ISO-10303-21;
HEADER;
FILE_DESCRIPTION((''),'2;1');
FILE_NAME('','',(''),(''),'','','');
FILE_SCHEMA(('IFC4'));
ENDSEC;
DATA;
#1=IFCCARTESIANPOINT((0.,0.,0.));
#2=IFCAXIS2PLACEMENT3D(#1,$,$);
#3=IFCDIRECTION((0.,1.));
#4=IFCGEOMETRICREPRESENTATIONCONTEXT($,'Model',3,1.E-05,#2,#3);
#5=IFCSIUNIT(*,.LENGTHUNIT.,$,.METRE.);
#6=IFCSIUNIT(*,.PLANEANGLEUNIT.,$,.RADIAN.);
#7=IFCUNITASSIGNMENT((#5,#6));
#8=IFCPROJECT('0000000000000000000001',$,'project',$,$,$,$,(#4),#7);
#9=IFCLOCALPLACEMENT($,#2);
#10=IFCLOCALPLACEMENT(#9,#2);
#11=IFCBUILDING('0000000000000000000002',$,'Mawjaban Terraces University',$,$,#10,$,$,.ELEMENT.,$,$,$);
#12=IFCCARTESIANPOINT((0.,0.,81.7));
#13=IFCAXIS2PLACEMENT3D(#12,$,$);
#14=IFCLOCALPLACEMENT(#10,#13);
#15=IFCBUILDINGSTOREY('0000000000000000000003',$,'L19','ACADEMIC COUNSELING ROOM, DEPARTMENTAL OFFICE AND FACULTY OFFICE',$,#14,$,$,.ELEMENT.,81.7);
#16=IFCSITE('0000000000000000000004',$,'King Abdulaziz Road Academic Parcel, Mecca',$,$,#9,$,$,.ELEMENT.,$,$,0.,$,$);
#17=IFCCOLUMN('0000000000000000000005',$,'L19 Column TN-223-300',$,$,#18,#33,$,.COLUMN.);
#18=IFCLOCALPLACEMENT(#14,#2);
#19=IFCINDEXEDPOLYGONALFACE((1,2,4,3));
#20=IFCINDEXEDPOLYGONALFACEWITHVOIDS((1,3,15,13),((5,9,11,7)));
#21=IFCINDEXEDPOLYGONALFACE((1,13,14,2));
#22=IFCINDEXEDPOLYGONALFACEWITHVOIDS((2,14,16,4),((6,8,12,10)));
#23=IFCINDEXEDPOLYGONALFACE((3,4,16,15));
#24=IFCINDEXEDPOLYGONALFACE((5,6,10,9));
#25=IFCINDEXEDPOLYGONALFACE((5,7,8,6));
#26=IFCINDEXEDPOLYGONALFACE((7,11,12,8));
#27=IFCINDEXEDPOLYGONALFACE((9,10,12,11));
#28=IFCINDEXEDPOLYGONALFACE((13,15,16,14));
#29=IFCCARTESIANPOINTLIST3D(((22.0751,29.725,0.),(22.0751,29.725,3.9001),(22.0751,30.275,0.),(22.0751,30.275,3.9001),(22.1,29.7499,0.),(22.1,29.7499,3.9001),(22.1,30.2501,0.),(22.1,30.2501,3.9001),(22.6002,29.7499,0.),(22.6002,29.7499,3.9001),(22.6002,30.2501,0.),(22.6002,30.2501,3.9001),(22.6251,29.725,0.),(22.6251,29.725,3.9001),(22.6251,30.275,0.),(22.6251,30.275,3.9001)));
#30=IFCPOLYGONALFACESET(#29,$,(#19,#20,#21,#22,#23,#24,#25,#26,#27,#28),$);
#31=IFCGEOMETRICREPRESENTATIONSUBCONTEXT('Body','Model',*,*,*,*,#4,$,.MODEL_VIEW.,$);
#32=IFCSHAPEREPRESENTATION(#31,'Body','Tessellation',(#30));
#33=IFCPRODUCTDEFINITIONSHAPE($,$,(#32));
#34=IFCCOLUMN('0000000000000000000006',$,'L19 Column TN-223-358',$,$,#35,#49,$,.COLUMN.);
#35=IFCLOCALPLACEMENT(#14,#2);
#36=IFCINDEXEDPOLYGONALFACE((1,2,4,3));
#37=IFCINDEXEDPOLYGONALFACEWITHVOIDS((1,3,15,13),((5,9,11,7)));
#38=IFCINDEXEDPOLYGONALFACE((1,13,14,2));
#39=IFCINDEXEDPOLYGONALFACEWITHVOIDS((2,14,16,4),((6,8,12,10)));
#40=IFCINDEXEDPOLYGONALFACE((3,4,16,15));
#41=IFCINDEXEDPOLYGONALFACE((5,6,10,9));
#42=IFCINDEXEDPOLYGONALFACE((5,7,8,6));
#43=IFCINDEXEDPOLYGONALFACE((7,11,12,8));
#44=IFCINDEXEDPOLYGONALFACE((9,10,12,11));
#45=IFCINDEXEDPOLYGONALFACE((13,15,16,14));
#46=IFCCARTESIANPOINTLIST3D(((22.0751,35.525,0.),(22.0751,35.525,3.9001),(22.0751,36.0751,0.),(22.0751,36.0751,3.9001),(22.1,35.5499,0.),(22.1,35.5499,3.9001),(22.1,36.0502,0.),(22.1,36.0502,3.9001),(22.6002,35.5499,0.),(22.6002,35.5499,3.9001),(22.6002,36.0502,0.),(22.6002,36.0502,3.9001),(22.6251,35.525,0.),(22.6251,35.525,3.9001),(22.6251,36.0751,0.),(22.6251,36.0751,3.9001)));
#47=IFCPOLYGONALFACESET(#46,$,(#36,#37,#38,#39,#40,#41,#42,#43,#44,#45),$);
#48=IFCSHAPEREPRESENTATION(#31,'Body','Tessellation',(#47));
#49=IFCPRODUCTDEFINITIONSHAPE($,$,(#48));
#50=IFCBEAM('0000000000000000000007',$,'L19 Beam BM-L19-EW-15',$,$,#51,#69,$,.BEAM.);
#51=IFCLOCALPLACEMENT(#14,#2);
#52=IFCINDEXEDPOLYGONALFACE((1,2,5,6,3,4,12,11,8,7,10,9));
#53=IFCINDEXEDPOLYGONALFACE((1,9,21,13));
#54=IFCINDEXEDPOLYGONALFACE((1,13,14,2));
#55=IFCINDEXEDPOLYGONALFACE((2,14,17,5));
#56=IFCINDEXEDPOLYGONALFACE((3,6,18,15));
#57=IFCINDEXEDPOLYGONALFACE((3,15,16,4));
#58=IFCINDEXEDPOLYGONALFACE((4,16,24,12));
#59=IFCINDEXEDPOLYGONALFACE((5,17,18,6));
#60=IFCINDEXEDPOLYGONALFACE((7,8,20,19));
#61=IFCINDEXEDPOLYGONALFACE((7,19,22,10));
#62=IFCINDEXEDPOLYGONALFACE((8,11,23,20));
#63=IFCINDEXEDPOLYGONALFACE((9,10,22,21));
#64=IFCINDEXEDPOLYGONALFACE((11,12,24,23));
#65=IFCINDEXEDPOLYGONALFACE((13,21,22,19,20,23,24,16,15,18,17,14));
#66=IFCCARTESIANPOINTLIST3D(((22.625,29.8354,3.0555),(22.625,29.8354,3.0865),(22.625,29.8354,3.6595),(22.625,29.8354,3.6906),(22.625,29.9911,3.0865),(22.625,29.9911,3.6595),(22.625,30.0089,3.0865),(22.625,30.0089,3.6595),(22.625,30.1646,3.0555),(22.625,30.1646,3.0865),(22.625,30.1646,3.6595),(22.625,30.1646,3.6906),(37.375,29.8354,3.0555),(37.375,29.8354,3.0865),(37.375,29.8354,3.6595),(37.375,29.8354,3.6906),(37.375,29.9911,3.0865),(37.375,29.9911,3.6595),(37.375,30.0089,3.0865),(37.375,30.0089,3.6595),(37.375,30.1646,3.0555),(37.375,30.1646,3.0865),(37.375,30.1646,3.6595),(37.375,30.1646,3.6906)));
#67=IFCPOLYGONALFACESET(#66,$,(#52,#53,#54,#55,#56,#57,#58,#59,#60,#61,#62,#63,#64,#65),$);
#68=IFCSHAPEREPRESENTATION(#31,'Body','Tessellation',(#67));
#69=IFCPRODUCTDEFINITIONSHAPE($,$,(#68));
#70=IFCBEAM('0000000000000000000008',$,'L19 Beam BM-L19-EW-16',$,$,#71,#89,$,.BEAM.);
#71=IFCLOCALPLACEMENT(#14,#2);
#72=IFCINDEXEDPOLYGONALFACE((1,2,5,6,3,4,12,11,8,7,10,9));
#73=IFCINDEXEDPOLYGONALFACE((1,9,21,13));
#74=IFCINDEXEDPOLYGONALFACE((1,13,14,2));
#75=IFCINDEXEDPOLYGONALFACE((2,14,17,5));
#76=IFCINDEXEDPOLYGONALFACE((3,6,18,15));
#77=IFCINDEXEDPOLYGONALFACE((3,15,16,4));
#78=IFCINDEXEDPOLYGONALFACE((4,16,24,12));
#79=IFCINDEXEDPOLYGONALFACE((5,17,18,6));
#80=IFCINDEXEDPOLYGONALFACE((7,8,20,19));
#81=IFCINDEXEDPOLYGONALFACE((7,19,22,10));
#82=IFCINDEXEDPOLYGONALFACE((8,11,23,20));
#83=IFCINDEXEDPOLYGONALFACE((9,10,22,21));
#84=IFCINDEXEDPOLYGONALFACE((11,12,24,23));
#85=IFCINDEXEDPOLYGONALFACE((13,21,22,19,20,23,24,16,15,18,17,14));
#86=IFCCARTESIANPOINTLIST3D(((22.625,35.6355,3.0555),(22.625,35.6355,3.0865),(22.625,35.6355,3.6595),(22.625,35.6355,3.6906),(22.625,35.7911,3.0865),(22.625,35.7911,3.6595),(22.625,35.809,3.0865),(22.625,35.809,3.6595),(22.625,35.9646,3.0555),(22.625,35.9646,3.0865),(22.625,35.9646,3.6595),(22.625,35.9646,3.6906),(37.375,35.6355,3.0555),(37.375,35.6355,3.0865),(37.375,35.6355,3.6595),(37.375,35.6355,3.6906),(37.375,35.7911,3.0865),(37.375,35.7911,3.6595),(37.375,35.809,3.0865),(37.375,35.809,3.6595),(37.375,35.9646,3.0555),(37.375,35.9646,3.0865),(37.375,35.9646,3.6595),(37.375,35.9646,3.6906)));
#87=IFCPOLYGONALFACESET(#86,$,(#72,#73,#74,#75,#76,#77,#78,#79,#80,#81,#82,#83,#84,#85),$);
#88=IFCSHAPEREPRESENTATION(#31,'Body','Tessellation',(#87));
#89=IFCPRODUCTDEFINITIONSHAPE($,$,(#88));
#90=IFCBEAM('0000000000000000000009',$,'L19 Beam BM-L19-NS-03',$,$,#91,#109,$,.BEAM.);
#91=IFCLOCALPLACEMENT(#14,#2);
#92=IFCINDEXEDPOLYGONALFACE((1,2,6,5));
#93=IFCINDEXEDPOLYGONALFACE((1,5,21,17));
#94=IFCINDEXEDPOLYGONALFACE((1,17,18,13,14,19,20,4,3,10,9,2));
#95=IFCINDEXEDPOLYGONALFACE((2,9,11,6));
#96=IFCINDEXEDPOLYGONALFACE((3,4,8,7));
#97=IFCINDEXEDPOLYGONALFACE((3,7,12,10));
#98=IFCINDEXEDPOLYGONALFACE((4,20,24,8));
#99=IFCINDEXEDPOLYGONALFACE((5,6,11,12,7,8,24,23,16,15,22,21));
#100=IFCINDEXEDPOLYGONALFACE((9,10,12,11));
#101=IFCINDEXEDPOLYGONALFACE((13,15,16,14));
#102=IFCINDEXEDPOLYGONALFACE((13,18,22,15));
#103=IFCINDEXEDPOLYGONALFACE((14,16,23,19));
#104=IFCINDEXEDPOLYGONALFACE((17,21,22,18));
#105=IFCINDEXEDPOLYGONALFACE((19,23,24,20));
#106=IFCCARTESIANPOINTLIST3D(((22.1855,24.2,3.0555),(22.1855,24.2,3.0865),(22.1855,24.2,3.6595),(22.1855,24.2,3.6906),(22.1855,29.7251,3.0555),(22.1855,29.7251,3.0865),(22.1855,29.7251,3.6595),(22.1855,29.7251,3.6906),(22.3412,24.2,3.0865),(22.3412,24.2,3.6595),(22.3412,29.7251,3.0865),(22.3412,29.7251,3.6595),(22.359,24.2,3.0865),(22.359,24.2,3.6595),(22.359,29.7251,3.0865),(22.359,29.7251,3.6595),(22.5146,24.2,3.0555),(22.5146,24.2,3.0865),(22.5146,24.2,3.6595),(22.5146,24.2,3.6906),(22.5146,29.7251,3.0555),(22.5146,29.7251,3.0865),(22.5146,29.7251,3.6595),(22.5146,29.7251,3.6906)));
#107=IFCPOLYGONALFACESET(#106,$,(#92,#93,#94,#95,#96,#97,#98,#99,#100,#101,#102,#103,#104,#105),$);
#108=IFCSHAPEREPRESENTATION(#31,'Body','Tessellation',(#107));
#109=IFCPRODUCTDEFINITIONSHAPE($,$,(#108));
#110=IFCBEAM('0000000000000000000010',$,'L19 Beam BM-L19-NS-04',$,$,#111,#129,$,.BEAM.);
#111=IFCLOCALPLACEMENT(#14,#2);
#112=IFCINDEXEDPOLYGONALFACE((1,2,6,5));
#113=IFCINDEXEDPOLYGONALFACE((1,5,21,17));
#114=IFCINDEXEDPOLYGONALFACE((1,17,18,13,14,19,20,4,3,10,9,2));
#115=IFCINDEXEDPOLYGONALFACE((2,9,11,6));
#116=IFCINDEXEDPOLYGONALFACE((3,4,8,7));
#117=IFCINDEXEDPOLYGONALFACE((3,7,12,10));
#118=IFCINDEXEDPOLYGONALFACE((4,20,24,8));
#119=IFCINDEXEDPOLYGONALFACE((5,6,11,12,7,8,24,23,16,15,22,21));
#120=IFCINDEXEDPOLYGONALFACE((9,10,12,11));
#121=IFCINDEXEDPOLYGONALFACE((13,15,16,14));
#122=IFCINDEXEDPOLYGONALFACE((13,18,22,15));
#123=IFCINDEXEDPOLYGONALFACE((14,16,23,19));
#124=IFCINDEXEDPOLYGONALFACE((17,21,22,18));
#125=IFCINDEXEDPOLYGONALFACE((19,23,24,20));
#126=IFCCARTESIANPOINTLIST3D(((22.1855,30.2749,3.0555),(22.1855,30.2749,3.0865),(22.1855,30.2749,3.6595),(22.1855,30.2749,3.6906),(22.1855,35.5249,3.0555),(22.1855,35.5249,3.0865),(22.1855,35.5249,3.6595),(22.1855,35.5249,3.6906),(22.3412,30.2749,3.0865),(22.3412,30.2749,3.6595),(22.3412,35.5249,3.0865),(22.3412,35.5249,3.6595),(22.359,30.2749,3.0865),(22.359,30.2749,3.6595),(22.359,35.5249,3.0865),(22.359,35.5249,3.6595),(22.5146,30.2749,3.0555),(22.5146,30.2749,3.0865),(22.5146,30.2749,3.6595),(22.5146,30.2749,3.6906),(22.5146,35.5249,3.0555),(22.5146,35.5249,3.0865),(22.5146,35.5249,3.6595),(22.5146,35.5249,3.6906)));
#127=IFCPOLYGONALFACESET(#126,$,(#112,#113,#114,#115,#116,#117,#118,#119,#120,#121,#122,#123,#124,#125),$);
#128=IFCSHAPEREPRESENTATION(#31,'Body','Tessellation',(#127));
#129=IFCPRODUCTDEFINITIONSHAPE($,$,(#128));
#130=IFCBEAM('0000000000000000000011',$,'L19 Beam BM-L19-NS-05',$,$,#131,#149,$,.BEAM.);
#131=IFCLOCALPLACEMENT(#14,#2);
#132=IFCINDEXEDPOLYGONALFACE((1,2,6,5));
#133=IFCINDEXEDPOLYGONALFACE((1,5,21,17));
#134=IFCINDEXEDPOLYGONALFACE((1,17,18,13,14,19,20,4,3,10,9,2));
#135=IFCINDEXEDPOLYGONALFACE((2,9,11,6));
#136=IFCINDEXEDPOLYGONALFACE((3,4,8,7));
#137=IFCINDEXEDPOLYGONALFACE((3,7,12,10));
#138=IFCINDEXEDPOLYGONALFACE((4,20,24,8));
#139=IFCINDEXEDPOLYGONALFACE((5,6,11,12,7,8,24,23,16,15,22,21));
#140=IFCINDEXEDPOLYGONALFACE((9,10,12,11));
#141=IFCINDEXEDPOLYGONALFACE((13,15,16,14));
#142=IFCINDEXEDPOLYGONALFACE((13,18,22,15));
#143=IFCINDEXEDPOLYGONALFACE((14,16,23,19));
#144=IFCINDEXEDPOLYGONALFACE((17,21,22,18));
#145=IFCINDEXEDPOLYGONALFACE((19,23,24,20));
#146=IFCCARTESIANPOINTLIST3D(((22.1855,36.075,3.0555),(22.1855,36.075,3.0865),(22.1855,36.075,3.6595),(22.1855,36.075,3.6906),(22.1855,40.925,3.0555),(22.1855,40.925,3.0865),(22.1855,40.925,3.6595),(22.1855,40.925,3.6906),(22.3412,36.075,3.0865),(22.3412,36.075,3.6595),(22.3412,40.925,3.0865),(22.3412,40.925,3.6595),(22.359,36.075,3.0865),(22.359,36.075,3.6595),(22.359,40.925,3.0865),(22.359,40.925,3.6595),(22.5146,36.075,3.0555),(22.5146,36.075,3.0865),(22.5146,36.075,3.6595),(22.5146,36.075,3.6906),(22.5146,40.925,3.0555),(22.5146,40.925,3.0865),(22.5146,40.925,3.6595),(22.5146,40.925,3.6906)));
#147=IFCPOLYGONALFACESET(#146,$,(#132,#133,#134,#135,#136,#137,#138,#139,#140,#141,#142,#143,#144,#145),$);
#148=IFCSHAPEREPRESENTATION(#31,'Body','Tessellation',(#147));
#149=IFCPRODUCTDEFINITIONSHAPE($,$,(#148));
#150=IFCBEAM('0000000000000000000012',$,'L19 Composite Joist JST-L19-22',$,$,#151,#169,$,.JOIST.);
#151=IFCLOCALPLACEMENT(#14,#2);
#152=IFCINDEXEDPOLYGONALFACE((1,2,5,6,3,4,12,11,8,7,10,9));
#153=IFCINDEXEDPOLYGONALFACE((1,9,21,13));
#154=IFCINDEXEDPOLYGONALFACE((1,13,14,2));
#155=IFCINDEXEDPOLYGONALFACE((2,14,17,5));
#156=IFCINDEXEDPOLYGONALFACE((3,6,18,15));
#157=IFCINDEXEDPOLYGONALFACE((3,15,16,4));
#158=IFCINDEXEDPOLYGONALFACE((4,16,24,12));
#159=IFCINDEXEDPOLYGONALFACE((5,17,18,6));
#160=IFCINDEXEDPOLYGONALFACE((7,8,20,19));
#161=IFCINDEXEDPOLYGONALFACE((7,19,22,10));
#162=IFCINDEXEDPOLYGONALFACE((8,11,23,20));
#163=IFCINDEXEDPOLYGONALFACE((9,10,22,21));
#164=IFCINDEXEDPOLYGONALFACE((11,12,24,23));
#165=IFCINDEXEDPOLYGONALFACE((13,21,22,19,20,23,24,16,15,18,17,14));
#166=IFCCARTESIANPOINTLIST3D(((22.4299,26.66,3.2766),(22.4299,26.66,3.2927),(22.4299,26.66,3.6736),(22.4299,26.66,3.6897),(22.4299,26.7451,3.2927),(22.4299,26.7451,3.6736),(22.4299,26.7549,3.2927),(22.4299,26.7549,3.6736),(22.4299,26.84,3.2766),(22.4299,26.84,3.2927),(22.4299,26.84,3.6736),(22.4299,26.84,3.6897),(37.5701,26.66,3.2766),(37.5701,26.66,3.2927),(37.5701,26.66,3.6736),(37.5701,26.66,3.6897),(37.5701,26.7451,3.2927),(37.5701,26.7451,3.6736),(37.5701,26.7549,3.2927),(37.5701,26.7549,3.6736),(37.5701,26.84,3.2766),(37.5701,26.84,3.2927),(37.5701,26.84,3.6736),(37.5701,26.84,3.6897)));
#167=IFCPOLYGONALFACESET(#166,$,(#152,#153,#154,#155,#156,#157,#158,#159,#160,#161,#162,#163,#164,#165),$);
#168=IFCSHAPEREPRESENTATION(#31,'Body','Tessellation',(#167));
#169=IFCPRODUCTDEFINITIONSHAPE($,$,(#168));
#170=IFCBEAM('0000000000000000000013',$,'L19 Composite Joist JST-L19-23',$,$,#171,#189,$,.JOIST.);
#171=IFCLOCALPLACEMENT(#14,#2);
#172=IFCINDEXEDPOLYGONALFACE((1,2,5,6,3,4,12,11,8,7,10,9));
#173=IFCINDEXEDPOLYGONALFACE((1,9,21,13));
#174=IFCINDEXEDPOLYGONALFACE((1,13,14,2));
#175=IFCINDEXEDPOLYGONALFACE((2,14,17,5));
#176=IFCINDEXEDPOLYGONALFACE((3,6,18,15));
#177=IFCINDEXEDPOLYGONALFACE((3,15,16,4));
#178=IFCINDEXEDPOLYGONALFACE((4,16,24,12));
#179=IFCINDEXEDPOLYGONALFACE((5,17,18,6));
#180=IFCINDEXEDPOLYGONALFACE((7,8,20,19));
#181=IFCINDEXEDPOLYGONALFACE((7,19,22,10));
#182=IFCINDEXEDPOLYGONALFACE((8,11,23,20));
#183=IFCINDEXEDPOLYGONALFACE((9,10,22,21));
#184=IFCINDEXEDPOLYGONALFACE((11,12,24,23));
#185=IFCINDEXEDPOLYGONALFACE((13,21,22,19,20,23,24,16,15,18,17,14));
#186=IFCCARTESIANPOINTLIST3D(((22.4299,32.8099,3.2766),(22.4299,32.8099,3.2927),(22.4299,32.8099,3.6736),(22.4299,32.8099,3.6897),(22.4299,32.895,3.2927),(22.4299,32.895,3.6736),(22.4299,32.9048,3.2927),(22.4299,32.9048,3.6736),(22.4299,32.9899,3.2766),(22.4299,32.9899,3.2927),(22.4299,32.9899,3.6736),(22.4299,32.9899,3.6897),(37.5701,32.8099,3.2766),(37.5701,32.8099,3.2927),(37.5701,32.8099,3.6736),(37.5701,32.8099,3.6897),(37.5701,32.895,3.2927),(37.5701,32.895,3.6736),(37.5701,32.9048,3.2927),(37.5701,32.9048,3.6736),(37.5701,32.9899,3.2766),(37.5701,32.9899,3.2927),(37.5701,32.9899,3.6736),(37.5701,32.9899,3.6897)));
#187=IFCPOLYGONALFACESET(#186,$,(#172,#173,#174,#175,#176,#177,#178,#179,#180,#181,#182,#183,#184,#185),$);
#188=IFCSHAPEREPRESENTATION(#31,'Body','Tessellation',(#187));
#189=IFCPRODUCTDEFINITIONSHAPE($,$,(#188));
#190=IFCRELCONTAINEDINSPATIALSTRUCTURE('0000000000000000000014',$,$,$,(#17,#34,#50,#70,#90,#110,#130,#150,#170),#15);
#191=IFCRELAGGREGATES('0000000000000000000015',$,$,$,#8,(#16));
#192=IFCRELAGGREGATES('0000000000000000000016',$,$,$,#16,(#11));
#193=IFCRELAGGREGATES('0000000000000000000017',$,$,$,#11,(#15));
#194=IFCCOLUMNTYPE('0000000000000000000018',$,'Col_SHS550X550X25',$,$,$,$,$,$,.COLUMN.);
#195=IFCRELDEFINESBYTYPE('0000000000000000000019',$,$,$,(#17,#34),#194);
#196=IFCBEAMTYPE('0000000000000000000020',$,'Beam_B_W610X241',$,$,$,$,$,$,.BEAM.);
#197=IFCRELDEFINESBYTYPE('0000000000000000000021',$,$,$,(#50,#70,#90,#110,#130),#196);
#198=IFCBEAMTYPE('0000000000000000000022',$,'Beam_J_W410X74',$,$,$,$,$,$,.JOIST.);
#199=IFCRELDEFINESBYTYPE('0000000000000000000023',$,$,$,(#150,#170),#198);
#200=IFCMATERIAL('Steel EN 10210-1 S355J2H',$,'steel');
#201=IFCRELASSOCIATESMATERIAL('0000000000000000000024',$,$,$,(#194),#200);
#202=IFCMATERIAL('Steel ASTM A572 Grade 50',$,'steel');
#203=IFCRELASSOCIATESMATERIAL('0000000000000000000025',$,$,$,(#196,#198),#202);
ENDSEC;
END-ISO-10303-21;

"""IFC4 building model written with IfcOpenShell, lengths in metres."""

from ifc_helpers import new_model, si_unit, direction, frame, origin, origin_2d, place, context, subcontext, project, spatial, hollow_rectangle, i_section, extrude, material, material_profile, profile_set, type_object, element, save


model = new_model("IFC4")

# Units and contexts
model_context = context("Model", 3, precision=1e-05, world=origin(), true_north=direction((0.0, 1.0)))
body_context = subcontext(model_context, "Body", "Model", "MODEL_VIEW")
ifc_project = project(units=[si_unit("LENGTHUNIT", "METRE"), si_unit("PLANEANGLEUNIT", "RADIAN")], contexts=[model_context])

# Site, building, storey
site_placement = place(None, origin())
site = spatial("IfcSite", under=ifc_project, at=site_placement, Name="King Abdulaziz Road Academic Parcel, Mecca", CompositionType="ELEMENT", RefElevation=0.0)
building_placement = place(site_placement, origin())
building = spatial("IfcBuilding", under=site, at=building_placement, Name="Mawjaban Terraces University", CompositionType="ELEMENT")
storey_placement = place(building_placement, frame((0.0, 0.0, 81.7)))
storey = spatial("IfcBuildingStorey", under=building, at=storey_placement, Name="L19", Description="ACADEMIC COUNSELING ROOM, DEPARTMENTAL OFFICE AND FACULTY OFFICE", CompositionType="ELEMENT", Elevation=81.7)

# Columns
ifc_material_1 = material(Name="Steel EN 10210-1 S355J2H", Category="steel")
ifc_material_profile_1 = material_profile(ifc_material_1, hollow_rectangle(XDim=0.55, YDim=0.55, WallThickness=0.0249, at=origin_2d()), Name="SHS550X550X25")
ifc_profile_set_1 = profile_set([ifc_material_profile_1], Name="Steel EN 10210-1 S355J2H")
column_type = type_object("IfcColumnType", Name="Col_SHS550X550X25", PredefinedType="COLUMN", material=ifc_profile_set_1)
for number, where, z_axis, x_axis, name in (
    (1, (22.3501, 30.0, 0.0), (0.0, 0.0, 1.0), (1.0, 0.0, 0.0), "L19 Column TN-223-300"),
    (2, (22.3501, 35.8, 0.0), (0.0, 0.0, 1.0), (1.0, 0.0, 0.0), "L19 Column TN-223-358"),
):
    element("IfcColumn", number, at=place(storey_placement, frame(where, z_axis=z_axis, x_axis=x_axis)), inside=storey, type_object=column_type, Name=name, PredefinedType="COLUMN", context=body_context, shape_type="SweptSolid", body=[
        extrude(hollow_rectangle(XDim=0.55, YDim=0.55, WallThickness=0.0249, at=origin_2d()), origin(), (0.0, 0.0, 1.0), 3.9001),
    ])

# Beams
ifc_material_2 = material(Name="Steel ASTM A572 Grade 50", Category="steel")
ifc_material_profile_2 = material_profile(ifc_material_2, i_section(OverallWidth=0.3291, OverallDepth=0.635, WebThickness=0.0178, FlangeThickness=0.031, at=origin_2d()), Name="W610X241")
ifc_profile_set_2 = profile_set([ifc_material_profile_2], Name="Steel ASTM A572 Grade 50")
beam_type_1 = type_object("IfcBeamType", Name="Beam_B_W610X241", PredefinedType="BEAM", material=ifc_profile_set_2)
for number, where, z_axis, x_axis, name in (
    (3, (22.625, 30.0, 3.373), (1.0, 0.0, 0.0), (0.0, 1.0, 0.0), "L19 Beam BM-L19-EW-15"),
    (4, (22.625, 35.8, 3.373), (1.0, 0.0, 0.0), (0.0, 1.0, 0.0), "L19 Beam BM-L19-EW-16"),
):
    element("IfcBeam", number, at=place(storey_placement, frame(where, z_axis=z_axis, x_axis=x_axis)), inside=storey, type_object=beam_type_1, Name=name, PredefinedType="BEAM", context=body_context, shape_type="SweptSolid", body=[
        extrude(i_section(OverallWidth=0.3291, OverallDepth=0.635, WebThickness=0.0178, FlangeThickness=0.031, at=origin_2d()), origin(), (0.0, 0.0, 1.0), 14.75),
    ])
beam_1_placement = place(storey_placement, frame((22.3501, 24.2, 3.373), z_axis=(0.0, 1.0, 0.0), x_axis=(-1.0, 0.0, 0.0)))
element("IfcBeam", 5, at=beam_1_placement, inside=storey, type_object=beam_type_1, Name="L19 Beam BM-L19-NS-03", PredefinedType="BEAM", context=body_context, shape_type="SweptSolid", body=[
    extrude(i_section(OverallWidth=0.3291, OverallDepth=0.635, WebThickness=0.0178, FlangeThickness=0.031, at=origin_2d()), origin(), (0.0, 0.0, 1.0), 5.5251),
])
beam_2_placement = place(storey_placement, frame((22.3501, 30.2749, 3.373), z_axis=(0.0, 1.0, 0.0), x_axis=(-1.0, 0.0, 0.0)))
element("IfcBeam", 6, at=beam_2_placement, inside=storey, type_object=beam_type_1, Name="L19 Beam BM-L19-NS-04", PredefinedType="BEAM", context=body_context, shape_type="SweptSolid", body=[
    extrude(i_section(OverallWidth=0.3291, OverallDepth=0.635, WebThickness=0.0178, FlangeThickness=0.031, at=origin_2d()), origin(), (0.0, 0.0, 1.0), 5.25),
])
beam_3_placement = place(storey_placement, frame((22.3501, 36.075, 3.373), z_axis=(0.0, 1.0, 0.0), x_axis=(-1.0, 0.0, 0.0)))
element("IfcBeam", 7, at=beam_3_placement, inside=storey, type_object=beam_type_1, Name="L19 Beam BM-L19-NS-05", PredefinedType="BEAM", context=body_context, shape_type="SweptSolid", body=[
    extrude(i_section(OverallWidth=0.3291, OverallDepth=0.635, WebThickness=0.0178, FlangeThickness=0.031, at=origin_2d()), origin(), (0.0, 0.0, 1.0), 4.8501),
])
ifc_material_profile_3 = material_profile(ifc_material_2, i_section(OverallWidth=0.1799, OverallDepth=0.4131, WebThickness=0.0098, FlangeThickness=0.0161, at=origin_2d()), Name="W410X74")
ifc_profile_set_3 = profile_set([ifc_material_profile_3], Name="Steel ASTM A572 Grade 50")
beam_type_2 = type_object("IfcBeamType", Name="Beam_J_W410X74", PredefinedType="JOIST", material=ifc_profile_set_3)
for number, where, z_axis, x_axis, name in (
    (8, (22.4299, 26.75, 3.4832), (1.0, 0.0, 0.0), (0.0, 1.0, 0.0), "L19 Composite Joist JST-L19-22"),
    (9, (22.4299, 32.8999, 3.4832), (1.0, 0.0, 0.0), (0.0, 1.0, 0.0), "L19 Composite Joist JST-L19-23"),
):
    element("IfcBeam", number, at=place(storey_placement, frame(where, z_axis=z_axis, x_axis=x_axis)), inside=storey, type_object=beam_type_2, Name=name, PredefinedType="JOIST", context=body_context, shape_type="SweptSolid", body=[
        extrude(i_section(OverallWidth=0.1799, OverallDepth=0.4131, WebThickness=0.0098, FlangeThickness=0.0161, at=origin_2d()), origin(), (0.0, 0.0, 1.0), 15.1401),
    ])

save(model, "model.ifc")
